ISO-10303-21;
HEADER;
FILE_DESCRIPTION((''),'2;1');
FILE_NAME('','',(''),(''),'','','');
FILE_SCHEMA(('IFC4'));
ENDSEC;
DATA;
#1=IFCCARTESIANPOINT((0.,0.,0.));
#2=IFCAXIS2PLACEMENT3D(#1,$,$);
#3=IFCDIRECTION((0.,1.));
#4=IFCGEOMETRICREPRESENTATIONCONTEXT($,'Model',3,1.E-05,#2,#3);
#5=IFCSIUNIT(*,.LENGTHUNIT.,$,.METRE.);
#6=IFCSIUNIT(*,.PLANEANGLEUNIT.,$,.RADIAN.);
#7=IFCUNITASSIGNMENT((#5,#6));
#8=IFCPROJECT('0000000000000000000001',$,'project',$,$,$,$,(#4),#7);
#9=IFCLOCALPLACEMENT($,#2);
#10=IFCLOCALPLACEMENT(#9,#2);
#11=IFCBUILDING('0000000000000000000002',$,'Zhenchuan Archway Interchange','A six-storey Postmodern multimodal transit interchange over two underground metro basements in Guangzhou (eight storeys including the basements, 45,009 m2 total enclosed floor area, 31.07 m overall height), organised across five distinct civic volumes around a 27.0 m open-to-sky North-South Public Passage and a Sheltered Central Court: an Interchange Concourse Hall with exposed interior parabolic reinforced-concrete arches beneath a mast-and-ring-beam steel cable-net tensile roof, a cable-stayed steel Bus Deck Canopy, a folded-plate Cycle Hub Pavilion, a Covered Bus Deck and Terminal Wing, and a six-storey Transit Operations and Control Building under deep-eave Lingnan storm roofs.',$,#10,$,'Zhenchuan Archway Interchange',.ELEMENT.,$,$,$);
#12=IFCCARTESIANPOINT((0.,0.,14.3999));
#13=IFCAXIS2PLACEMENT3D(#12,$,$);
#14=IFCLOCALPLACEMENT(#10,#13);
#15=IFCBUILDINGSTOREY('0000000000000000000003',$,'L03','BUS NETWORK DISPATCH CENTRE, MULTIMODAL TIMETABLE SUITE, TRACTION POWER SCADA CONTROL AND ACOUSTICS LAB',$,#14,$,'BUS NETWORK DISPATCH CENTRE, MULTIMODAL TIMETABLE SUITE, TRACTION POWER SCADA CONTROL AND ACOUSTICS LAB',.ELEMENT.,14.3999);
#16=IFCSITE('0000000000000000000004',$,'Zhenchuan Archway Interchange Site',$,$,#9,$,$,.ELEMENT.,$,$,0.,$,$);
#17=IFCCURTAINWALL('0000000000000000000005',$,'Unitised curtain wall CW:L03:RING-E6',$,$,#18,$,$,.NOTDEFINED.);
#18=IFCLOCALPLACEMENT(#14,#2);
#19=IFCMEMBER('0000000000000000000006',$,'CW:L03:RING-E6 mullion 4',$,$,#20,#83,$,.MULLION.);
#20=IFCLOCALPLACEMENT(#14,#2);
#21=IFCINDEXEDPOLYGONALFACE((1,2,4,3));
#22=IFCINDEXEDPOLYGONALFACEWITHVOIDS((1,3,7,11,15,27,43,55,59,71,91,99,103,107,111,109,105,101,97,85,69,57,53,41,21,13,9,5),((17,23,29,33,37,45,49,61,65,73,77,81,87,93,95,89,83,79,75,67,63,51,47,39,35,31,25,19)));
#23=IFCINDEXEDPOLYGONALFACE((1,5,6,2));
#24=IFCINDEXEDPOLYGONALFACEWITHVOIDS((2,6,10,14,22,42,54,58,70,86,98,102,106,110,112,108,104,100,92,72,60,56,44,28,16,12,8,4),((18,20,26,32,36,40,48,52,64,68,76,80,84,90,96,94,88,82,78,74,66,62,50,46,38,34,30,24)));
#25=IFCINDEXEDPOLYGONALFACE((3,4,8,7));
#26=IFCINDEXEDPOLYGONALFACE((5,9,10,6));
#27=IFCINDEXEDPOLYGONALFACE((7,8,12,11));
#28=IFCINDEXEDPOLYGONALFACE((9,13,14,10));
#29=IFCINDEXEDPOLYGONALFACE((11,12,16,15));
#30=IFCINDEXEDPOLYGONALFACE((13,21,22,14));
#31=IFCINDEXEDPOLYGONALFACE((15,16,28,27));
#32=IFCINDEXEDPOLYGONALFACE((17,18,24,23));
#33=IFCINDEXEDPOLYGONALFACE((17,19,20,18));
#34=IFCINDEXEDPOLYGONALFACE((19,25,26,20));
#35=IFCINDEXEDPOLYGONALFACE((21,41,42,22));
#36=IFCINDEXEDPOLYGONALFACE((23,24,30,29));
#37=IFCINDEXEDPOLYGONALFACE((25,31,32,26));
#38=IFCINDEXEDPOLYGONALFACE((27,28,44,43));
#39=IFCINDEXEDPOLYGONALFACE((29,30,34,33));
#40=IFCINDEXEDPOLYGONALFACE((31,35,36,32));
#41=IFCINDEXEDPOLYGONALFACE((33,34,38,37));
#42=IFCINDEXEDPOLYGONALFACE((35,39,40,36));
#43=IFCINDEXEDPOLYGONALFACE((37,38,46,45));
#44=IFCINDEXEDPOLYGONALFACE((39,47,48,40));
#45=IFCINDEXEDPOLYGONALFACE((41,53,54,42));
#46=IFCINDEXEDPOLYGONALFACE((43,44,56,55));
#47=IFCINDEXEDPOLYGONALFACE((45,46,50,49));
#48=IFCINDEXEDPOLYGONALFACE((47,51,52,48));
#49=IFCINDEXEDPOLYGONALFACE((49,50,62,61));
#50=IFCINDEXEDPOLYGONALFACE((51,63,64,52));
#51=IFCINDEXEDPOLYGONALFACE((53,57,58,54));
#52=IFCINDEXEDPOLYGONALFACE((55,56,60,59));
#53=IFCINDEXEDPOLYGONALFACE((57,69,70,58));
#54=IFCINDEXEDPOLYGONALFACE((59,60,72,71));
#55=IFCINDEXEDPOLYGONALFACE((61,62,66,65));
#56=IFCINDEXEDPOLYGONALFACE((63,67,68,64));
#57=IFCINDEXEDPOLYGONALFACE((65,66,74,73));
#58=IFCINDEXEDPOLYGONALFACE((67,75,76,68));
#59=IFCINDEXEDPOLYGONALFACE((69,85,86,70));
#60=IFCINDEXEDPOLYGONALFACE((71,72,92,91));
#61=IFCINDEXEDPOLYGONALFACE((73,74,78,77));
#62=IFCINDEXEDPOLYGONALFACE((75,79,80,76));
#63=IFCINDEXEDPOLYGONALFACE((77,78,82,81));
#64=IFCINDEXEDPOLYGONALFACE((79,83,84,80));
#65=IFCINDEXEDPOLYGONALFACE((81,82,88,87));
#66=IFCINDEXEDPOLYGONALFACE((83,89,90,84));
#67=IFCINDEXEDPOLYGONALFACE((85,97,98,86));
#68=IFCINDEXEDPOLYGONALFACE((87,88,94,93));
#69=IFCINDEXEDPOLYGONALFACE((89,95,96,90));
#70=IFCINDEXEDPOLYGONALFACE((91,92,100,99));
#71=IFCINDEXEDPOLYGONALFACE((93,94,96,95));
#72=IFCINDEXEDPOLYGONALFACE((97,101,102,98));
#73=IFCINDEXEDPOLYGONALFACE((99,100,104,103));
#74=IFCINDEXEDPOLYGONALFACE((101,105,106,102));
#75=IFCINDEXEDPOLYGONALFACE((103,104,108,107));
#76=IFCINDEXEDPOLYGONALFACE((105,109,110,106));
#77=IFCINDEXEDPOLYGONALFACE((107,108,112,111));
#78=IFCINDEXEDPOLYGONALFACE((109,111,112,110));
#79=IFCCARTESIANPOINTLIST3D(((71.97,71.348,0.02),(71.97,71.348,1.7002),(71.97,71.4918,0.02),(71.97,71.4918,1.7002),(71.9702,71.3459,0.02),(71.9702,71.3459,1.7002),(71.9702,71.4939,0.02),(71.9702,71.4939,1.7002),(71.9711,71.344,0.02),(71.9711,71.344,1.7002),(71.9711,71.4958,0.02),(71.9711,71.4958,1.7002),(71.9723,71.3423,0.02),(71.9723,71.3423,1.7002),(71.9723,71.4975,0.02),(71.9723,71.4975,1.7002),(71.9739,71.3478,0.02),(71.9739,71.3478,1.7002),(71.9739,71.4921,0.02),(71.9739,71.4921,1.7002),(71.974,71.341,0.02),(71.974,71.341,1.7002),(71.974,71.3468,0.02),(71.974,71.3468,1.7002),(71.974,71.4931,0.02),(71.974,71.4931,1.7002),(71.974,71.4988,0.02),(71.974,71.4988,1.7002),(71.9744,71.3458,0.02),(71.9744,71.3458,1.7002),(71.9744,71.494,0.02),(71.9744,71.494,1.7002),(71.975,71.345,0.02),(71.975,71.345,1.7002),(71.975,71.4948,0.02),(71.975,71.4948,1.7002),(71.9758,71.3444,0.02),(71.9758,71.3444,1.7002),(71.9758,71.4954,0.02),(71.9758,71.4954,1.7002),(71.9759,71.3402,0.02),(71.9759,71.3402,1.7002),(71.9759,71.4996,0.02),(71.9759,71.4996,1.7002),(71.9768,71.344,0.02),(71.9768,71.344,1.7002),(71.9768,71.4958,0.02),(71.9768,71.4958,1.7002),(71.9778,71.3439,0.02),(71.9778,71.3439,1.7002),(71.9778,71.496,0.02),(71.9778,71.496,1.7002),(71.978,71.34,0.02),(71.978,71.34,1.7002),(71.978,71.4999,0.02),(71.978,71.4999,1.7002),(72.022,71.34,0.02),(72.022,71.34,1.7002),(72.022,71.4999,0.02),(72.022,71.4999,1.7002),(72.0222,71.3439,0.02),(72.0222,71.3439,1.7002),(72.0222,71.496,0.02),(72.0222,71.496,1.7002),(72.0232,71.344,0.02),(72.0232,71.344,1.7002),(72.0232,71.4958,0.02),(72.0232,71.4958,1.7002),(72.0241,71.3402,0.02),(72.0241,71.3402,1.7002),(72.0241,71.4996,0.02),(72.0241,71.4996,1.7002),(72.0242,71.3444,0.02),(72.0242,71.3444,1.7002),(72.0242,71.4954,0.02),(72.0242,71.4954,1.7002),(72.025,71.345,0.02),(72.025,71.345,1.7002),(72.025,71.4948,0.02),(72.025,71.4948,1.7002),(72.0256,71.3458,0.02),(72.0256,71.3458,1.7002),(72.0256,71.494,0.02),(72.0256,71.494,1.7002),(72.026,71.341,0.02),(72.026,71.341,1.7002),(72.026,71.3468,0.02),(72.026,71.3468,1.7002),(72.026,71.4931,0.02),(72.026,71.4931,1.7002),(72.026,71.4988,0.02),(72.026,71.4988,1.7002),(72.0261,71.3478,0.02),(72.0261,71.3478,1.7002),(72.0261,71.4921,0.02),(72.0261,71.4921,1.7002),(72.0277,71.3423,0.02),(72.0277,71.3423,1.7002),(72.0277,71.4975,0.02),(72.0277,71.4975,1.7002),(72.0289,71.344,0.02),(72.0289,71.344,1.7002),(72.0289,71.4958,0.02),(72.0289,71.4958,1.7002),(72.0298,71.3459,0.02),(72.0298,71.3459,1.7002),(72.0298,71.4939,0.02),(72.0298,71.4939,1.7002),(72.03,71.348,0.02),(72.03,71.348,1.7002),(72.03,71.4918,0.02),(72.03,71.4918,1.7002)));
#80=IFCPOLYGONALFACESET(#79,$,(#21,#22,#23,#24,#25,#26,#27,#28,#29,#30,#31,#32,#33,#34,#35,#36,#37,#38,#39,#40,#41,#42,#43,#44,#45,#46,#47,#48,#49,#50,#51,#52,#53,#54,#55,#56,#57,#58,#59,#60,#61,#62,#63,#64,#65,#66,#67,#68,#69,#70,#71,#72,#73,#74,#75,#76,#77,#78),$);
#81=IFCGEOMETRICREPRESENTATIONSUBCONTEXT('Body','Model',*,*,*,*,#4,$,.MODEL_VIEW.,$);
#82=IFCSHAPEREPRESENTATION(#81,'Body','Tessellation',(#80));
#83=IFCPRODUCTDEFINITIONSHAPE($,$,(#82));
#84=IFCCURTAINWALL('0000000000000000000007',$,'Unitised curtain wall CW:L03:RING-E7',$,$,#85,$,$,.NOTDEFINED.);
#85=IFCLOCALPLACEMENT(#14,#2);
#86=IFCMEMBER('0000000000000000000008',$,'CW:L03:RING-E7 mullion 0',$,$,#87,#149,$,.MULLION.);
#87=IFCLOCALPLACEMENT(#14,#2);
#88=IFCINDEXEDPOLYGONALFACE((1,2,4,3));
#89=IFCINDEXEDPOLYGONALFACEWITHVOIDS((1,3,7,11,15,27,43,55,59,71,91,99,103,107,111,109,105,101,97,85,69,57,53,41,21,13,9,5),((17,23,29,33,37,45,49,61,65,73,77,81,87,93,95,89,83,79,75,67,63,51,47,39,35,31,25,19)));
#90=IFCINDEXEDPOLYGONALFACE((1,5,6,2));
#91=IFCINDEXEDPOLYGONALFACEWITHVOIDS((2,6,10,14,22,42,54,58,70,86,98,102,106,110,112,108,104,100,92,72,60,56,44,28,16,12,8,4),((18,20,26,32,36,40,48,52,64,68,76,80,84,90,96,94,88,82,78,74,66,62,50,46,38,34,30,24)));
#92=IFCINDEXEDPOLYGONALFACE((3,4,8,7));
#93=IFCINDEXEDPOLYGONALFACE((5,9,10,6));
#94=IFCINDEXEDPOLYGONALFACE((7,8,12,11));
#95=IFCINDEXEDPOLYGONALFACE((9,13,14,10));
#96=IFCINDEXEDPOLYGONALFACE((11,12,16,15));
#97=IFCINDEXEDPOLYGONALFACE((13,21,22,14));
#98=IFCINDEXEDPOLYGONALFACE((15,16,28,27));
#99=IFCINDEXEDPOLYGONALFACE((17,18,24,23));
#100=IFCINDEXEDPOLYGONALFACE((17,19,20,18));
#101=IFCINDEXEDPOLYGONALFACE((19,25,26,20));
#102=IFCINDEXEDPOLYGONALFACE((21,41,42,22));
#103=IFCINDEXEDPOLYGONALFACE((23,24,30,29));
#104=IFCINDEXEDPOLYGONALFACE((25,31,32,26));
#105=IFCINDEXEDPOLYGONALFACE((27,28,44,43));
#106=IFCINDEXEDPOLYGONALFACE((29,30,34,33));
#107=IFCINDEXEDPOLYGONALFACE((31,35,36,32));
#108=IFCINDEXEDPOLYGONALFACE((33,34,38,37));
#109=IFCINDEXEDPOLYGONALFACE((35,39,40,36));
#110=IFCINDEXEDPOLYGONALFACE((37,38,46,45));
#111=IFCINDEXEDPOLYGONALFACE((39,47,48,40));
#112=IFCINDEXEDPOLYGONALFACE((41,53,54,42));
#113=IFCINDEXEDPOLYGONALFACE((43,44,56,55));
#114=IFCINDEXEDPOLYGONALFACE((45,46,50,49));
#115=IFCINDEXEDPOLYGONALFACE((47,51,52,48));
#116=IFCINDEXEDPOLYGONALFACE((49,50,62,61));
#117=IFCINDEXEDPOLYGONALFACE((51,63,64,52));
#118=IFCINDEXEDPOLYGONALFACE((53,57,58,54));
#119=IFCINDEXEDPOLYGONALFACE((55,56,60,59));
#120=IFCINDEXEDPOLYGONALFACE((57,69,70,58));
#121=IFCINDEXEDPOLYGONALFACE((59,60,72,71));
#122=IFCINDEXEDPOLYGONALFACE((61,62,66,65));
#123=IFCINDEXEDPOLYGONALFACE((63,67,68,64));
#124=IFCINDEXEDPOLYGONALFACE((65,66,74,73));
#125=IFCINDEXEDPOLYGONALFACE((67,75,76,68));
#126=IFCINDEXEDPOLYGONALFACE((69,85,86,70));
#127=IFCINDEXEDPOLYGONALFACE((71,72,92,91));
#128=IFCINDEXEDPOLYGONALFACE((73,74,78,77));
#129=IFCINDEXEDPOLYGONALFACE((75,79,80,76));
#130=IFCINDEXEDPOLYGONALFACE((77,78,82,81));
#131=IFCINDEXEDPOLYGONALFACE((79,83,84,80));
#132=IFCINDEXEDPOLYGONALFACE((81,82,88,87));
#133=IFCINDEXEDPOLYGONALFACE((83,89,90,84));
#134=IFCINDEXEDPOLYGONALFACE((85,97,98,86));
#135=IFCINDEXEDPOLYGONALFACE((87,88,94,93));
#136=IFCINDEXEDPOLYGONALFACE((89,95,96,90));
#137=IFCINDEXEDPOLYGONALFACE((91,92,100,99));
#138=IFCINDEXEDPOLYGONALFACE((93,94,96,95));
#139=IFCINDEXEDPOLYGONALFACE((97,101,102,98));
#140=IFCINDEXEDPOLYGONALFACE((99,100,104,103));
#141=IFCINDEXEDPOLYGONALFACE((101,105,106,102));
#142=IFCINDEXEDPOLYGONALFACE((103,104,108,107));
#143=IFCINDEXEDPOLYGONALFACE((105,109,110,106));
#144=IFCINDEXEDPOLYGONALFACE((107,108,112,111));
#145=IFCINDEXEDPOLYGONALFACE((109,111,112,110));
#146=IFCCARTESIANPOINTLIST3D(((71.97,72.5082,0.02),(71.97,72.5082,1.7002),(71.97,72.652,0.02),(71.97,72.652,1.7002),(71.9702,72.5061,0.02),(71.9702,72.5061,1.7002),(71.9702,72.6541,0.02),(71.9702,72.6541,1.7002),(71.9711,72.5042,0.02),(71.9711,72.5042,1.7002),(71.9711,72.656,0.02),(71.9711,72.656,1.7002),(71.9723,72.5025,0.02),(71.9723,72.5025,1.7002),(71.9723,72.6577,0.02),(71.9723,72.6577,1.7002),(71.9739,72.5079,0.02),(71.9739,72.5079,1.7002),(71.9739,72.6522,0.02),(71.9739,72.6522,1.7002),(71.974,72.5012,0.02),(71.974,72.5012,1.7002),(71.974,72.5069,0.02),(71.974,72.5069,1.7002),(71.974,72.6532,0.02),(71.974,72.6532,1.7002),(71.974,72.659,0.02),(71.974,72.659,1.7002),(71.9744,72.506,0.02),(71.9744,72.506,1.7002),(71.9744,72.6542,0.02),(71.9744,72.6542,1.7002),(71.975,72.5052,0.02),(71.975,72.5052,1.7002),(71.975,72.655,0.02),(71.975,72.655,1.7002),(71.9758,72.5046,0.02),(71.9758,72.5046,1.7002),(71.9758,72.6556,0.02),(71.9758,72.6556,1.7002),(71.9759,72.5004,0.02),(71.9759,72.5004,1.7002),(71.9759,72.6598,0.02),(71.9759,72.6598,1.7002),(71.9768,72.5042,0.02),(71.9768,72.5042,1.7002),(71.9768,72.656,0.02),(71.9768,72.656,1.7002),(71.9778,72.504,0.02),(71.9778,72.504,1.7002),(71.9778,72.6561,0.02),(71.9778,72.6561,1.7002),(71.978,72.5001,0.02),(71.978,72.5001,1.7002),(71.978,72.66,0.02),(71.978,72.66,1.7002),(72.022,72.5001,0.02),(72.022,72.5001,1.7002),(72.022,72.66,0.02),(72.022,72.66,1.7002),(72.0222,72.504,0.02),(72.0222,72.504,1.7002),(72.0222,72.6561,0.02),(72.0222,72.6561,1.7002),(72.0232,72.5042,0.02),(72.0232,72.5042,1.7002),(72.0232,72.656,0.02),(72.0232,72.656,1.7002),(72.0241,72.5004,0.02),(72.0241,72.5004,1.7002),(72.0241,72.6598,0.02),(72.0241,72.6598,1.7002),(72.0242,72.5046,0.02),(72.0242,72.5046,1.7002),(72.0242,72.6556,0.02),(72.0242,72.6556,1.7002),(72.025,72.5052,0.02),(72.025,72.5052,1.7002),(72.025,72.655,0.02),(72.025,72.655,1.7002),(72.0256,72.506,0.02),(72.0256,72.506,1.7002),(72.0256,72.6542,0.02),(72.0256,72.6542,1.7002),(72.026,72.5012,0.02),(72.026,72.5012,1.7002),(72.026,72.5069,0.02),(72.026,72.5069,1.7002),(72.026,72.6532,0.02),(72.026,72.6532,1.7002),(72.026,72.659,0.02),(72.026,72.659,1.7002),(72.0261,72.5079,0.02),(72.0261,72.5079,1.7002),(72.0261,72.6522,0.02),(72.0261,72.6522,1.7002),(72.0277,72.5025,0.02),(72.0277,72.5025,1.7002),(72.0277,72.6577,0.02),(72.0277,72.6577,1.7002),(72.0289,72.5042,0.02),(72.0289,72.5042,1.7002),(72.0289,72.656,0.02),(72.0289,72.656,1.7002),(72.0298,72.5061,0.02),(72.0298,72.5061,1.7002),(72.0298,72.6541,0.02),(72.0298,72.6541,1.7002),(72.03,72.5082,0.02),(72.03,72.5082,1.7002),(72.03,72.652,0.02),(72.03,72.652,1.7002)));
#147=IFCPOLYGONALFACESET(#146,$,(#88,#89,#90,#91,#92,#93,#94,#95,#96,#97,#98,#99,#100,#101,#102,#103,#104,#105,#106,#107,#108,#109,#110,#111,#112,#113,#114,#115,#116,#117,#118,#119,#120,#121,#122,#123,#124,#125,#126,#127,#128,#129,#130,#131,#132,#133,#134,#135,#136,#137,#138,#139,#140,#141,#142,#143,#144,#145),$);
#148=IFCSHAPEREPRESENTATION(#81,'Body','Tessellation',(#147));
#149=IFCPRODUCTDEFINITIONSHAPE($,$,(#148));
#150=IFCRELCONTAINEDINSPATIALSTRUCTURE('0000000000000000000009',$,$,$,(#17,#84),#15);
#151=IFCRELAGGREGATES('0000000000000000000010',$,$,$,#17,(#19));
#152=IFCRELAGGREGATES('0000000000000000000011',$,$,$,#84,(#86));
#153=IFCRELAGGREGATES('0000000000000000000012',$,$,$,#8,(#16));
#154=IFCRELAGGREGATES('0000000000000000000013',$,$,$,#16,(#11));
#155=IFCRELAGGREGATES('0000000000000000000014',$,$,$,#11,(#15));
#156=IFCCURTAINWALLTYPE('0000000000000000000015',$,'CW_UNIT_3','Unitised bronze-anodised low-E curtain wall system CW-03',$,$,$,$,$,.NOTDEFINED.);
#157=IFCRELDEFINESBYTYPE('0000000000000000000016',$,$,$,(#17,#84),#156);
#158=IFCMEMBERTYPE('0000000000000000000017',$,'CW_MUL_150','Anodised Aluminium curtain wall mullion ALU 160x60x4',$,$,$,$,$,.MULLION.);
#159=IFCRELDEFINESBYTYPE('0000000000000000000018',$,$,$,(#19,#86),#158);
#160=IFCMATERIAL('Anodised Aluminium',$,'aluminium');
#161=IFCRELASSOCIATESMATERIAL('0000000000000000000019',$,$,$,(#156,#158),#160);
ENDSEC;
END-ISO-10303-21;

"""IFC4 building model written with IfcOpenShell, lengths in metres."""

from ifc_helpers import new_model, si_unit, direction, frame, origin, origin_2d, place, context, subcontext, project, spatial, hollow_rectangle, extrude, material, material_profile, profile_set, type_object, element, aggregate, save


model = new_model("IFC4")

# Units and contexts
model_context = context("Model", 3, precision=1e-05, world=origin(), true_north=direction((0.0, 1.0)))
body_context = subcontext(model_context, "Body", "Model", "MODEL_VIEW")
ifc_project = project(units=[si_unit("LENGTHUNIT", "METRE"), si_unit("PLANEANGLEUNIT", "RADIAN")], contexts=[model_context])

# Site, building, storey
site_placement = place(None, origin())
site = spatial("IfcSite", under=ifc_project, at=site_placement, Name="Zhenchuan Archway Interchange Site", CompositionType="ELEMENT", RefElevation=0.0)
building_placement = place(site_placement, origin())
building = spatial("IfcBuilding", under=site, at=building_placement, Name="Zhenchuan Archway Interchange", Description="A six-storey Postmodern multimodal transit interchange over two underground metro basements in Guangzhou (eight storeys including the basements, 45,009 m2 total enclosed floor area, 31.07 m overall height), organised across five distinct civic volumes around a 27.0 m open-to-sky North-South Public Passage and a Sheltered Central Court: an Interchange Concourse Hall with exposed interior parabolic reinforced-concrete arches beneath a mast-and-ring-beam steel cable-net tensile roof, a cable-stayed steel Bus Deck Canopy, a folded-plate Cycle Hub Pavilion, a Covered Bus Deck and Terminal Wing, and a six-storey Transit Operations and Control Building under deep-eave Lingnan storm roofs.", LongName="Zhenchuan Archway Interchange", CompositionType="ELEMENT")
storey_placement = place(building_placement, frame((0.0, 0.0, 14.3999)))
storey = spatial("IfcBuildingStorey", under=building, at=storey_placement, Name="L03", Description="BUS NETWORK DISPATCH CENTRE, MULTIMODAL TIMETABLE SUITE, TRACTION POWER SCADA CONTROL AND ACOUSTICS LAB", LongName="BUS NETWORK DISPATCH CENTRE, MULTIMODAL TIMETABLE SUITE, TRACTION POWER SCADA CONTROL AND ACOUSTICS LAB", CompositionType="ELEMENT", Elevation=14.3999)

# Curtain walls, members
ifc_material_1 = material(Name="Anodised Aluminium", Category="aluminium")
curtain_wall_type = type_object("IfcCurtainWallType", Name="CW_UNIT_3", Description="Unitised bronze-anodised low-E curtain wall system CW-03", PredefinedType="NOTDEFINED", material=ifc_material_1)
curtain_wall_1_placement = place(storey_placement, origin())
curtain_wall_1 = element("IfcCurtainWall", 1, at=curtain_wall_1_placement, inside=storey, type_object=curtain_wall_type, Name="Unitised curtain wall CW:L03:RING-E6", PredefinedType="NOTDEFINED")
ifc_material_profile_1 = material_profile(ifc_material_1, hollow_rectangle(XDim=0.0601, YDim=0.1599, WallThickness=0.0039, InnerFilletRadius=0.0039, OuterFilletRadius=0.0081, at=origin_2d()), Name="ALU 160x60x4")
ifc_profile_set_1 = profile_set([ifc_material_profile_1], Name="Anodised Aluminium")
member_type_1 = type_object("IfcMemberType", Name="CW_MUL_150", Description="Anodised Aluminium curtain wall mullion ALU 160x60x4", PredefinedType="MULLION", material=ifc_profile_set_1)
member_1_placement = place(storey_placement, frame((72.0, 71.4199, 0.02), z_axis=(0.0, 0.0, 1.0), x_axis=(1.0, 0.0, 0.0)))
member_1 = element("IfcMember", 2, at=member_1_placement, type_object=member_type_1, Name="CW:L03:RING-E6 mullion 4", PredefinedType="MULLION", context=body_context, shape_type="SweptSolid", body=[
    extrude(hollow_rectangle(XDim=0.0601, YDim=0.1599, WallThickness=0.0039, InnerFilletRadius=0.0039, OuterFilletRadius=0.0081, at=origin_2d()), origin(), (0.0, 0.0, 1.0), 1.6802),
])
curtain_wall_2_placement = place(storey_placement, origin())
curtain_wall_2 = element("IfcCurtainWall", 3, at=curtain_wall_2_placement, inside=storey, type_object=curtain_wall_type, Name="Unitised curtain wall CW:L03:RING-E7", PredefinedType="NOTDEFINED")
member_2_placement = place(storey_placement, frame((72.0, 72.5801, 0.02), z_axis=(0.0, 0.0, 1.0), x_axis=(1.0, 0.0, 0.0)))
member_2 = element("IfcMember", 4, at=member_2_placement, type_object=member_type_1, Name="CW:L03:RING-E7 mullion 0", PredefinedType="MULLION", context=body_context, shape_type="SweptSolid", body=[
    extrude(hollow_rectangle(XDim=0.0601, YDim=0.1599, WallThickness=0.0039, InnerFilletRadius=0.0039, OuterFilletRadius=0.0081, at=origin_2d()), origin(), (0.0, 0.0, 1.0), 1.6802),
])

aggregate(curtain_wall_1, [member_1])
aggregate(curtain_wall_2, [member_2])

save(model, "model.ifc")
